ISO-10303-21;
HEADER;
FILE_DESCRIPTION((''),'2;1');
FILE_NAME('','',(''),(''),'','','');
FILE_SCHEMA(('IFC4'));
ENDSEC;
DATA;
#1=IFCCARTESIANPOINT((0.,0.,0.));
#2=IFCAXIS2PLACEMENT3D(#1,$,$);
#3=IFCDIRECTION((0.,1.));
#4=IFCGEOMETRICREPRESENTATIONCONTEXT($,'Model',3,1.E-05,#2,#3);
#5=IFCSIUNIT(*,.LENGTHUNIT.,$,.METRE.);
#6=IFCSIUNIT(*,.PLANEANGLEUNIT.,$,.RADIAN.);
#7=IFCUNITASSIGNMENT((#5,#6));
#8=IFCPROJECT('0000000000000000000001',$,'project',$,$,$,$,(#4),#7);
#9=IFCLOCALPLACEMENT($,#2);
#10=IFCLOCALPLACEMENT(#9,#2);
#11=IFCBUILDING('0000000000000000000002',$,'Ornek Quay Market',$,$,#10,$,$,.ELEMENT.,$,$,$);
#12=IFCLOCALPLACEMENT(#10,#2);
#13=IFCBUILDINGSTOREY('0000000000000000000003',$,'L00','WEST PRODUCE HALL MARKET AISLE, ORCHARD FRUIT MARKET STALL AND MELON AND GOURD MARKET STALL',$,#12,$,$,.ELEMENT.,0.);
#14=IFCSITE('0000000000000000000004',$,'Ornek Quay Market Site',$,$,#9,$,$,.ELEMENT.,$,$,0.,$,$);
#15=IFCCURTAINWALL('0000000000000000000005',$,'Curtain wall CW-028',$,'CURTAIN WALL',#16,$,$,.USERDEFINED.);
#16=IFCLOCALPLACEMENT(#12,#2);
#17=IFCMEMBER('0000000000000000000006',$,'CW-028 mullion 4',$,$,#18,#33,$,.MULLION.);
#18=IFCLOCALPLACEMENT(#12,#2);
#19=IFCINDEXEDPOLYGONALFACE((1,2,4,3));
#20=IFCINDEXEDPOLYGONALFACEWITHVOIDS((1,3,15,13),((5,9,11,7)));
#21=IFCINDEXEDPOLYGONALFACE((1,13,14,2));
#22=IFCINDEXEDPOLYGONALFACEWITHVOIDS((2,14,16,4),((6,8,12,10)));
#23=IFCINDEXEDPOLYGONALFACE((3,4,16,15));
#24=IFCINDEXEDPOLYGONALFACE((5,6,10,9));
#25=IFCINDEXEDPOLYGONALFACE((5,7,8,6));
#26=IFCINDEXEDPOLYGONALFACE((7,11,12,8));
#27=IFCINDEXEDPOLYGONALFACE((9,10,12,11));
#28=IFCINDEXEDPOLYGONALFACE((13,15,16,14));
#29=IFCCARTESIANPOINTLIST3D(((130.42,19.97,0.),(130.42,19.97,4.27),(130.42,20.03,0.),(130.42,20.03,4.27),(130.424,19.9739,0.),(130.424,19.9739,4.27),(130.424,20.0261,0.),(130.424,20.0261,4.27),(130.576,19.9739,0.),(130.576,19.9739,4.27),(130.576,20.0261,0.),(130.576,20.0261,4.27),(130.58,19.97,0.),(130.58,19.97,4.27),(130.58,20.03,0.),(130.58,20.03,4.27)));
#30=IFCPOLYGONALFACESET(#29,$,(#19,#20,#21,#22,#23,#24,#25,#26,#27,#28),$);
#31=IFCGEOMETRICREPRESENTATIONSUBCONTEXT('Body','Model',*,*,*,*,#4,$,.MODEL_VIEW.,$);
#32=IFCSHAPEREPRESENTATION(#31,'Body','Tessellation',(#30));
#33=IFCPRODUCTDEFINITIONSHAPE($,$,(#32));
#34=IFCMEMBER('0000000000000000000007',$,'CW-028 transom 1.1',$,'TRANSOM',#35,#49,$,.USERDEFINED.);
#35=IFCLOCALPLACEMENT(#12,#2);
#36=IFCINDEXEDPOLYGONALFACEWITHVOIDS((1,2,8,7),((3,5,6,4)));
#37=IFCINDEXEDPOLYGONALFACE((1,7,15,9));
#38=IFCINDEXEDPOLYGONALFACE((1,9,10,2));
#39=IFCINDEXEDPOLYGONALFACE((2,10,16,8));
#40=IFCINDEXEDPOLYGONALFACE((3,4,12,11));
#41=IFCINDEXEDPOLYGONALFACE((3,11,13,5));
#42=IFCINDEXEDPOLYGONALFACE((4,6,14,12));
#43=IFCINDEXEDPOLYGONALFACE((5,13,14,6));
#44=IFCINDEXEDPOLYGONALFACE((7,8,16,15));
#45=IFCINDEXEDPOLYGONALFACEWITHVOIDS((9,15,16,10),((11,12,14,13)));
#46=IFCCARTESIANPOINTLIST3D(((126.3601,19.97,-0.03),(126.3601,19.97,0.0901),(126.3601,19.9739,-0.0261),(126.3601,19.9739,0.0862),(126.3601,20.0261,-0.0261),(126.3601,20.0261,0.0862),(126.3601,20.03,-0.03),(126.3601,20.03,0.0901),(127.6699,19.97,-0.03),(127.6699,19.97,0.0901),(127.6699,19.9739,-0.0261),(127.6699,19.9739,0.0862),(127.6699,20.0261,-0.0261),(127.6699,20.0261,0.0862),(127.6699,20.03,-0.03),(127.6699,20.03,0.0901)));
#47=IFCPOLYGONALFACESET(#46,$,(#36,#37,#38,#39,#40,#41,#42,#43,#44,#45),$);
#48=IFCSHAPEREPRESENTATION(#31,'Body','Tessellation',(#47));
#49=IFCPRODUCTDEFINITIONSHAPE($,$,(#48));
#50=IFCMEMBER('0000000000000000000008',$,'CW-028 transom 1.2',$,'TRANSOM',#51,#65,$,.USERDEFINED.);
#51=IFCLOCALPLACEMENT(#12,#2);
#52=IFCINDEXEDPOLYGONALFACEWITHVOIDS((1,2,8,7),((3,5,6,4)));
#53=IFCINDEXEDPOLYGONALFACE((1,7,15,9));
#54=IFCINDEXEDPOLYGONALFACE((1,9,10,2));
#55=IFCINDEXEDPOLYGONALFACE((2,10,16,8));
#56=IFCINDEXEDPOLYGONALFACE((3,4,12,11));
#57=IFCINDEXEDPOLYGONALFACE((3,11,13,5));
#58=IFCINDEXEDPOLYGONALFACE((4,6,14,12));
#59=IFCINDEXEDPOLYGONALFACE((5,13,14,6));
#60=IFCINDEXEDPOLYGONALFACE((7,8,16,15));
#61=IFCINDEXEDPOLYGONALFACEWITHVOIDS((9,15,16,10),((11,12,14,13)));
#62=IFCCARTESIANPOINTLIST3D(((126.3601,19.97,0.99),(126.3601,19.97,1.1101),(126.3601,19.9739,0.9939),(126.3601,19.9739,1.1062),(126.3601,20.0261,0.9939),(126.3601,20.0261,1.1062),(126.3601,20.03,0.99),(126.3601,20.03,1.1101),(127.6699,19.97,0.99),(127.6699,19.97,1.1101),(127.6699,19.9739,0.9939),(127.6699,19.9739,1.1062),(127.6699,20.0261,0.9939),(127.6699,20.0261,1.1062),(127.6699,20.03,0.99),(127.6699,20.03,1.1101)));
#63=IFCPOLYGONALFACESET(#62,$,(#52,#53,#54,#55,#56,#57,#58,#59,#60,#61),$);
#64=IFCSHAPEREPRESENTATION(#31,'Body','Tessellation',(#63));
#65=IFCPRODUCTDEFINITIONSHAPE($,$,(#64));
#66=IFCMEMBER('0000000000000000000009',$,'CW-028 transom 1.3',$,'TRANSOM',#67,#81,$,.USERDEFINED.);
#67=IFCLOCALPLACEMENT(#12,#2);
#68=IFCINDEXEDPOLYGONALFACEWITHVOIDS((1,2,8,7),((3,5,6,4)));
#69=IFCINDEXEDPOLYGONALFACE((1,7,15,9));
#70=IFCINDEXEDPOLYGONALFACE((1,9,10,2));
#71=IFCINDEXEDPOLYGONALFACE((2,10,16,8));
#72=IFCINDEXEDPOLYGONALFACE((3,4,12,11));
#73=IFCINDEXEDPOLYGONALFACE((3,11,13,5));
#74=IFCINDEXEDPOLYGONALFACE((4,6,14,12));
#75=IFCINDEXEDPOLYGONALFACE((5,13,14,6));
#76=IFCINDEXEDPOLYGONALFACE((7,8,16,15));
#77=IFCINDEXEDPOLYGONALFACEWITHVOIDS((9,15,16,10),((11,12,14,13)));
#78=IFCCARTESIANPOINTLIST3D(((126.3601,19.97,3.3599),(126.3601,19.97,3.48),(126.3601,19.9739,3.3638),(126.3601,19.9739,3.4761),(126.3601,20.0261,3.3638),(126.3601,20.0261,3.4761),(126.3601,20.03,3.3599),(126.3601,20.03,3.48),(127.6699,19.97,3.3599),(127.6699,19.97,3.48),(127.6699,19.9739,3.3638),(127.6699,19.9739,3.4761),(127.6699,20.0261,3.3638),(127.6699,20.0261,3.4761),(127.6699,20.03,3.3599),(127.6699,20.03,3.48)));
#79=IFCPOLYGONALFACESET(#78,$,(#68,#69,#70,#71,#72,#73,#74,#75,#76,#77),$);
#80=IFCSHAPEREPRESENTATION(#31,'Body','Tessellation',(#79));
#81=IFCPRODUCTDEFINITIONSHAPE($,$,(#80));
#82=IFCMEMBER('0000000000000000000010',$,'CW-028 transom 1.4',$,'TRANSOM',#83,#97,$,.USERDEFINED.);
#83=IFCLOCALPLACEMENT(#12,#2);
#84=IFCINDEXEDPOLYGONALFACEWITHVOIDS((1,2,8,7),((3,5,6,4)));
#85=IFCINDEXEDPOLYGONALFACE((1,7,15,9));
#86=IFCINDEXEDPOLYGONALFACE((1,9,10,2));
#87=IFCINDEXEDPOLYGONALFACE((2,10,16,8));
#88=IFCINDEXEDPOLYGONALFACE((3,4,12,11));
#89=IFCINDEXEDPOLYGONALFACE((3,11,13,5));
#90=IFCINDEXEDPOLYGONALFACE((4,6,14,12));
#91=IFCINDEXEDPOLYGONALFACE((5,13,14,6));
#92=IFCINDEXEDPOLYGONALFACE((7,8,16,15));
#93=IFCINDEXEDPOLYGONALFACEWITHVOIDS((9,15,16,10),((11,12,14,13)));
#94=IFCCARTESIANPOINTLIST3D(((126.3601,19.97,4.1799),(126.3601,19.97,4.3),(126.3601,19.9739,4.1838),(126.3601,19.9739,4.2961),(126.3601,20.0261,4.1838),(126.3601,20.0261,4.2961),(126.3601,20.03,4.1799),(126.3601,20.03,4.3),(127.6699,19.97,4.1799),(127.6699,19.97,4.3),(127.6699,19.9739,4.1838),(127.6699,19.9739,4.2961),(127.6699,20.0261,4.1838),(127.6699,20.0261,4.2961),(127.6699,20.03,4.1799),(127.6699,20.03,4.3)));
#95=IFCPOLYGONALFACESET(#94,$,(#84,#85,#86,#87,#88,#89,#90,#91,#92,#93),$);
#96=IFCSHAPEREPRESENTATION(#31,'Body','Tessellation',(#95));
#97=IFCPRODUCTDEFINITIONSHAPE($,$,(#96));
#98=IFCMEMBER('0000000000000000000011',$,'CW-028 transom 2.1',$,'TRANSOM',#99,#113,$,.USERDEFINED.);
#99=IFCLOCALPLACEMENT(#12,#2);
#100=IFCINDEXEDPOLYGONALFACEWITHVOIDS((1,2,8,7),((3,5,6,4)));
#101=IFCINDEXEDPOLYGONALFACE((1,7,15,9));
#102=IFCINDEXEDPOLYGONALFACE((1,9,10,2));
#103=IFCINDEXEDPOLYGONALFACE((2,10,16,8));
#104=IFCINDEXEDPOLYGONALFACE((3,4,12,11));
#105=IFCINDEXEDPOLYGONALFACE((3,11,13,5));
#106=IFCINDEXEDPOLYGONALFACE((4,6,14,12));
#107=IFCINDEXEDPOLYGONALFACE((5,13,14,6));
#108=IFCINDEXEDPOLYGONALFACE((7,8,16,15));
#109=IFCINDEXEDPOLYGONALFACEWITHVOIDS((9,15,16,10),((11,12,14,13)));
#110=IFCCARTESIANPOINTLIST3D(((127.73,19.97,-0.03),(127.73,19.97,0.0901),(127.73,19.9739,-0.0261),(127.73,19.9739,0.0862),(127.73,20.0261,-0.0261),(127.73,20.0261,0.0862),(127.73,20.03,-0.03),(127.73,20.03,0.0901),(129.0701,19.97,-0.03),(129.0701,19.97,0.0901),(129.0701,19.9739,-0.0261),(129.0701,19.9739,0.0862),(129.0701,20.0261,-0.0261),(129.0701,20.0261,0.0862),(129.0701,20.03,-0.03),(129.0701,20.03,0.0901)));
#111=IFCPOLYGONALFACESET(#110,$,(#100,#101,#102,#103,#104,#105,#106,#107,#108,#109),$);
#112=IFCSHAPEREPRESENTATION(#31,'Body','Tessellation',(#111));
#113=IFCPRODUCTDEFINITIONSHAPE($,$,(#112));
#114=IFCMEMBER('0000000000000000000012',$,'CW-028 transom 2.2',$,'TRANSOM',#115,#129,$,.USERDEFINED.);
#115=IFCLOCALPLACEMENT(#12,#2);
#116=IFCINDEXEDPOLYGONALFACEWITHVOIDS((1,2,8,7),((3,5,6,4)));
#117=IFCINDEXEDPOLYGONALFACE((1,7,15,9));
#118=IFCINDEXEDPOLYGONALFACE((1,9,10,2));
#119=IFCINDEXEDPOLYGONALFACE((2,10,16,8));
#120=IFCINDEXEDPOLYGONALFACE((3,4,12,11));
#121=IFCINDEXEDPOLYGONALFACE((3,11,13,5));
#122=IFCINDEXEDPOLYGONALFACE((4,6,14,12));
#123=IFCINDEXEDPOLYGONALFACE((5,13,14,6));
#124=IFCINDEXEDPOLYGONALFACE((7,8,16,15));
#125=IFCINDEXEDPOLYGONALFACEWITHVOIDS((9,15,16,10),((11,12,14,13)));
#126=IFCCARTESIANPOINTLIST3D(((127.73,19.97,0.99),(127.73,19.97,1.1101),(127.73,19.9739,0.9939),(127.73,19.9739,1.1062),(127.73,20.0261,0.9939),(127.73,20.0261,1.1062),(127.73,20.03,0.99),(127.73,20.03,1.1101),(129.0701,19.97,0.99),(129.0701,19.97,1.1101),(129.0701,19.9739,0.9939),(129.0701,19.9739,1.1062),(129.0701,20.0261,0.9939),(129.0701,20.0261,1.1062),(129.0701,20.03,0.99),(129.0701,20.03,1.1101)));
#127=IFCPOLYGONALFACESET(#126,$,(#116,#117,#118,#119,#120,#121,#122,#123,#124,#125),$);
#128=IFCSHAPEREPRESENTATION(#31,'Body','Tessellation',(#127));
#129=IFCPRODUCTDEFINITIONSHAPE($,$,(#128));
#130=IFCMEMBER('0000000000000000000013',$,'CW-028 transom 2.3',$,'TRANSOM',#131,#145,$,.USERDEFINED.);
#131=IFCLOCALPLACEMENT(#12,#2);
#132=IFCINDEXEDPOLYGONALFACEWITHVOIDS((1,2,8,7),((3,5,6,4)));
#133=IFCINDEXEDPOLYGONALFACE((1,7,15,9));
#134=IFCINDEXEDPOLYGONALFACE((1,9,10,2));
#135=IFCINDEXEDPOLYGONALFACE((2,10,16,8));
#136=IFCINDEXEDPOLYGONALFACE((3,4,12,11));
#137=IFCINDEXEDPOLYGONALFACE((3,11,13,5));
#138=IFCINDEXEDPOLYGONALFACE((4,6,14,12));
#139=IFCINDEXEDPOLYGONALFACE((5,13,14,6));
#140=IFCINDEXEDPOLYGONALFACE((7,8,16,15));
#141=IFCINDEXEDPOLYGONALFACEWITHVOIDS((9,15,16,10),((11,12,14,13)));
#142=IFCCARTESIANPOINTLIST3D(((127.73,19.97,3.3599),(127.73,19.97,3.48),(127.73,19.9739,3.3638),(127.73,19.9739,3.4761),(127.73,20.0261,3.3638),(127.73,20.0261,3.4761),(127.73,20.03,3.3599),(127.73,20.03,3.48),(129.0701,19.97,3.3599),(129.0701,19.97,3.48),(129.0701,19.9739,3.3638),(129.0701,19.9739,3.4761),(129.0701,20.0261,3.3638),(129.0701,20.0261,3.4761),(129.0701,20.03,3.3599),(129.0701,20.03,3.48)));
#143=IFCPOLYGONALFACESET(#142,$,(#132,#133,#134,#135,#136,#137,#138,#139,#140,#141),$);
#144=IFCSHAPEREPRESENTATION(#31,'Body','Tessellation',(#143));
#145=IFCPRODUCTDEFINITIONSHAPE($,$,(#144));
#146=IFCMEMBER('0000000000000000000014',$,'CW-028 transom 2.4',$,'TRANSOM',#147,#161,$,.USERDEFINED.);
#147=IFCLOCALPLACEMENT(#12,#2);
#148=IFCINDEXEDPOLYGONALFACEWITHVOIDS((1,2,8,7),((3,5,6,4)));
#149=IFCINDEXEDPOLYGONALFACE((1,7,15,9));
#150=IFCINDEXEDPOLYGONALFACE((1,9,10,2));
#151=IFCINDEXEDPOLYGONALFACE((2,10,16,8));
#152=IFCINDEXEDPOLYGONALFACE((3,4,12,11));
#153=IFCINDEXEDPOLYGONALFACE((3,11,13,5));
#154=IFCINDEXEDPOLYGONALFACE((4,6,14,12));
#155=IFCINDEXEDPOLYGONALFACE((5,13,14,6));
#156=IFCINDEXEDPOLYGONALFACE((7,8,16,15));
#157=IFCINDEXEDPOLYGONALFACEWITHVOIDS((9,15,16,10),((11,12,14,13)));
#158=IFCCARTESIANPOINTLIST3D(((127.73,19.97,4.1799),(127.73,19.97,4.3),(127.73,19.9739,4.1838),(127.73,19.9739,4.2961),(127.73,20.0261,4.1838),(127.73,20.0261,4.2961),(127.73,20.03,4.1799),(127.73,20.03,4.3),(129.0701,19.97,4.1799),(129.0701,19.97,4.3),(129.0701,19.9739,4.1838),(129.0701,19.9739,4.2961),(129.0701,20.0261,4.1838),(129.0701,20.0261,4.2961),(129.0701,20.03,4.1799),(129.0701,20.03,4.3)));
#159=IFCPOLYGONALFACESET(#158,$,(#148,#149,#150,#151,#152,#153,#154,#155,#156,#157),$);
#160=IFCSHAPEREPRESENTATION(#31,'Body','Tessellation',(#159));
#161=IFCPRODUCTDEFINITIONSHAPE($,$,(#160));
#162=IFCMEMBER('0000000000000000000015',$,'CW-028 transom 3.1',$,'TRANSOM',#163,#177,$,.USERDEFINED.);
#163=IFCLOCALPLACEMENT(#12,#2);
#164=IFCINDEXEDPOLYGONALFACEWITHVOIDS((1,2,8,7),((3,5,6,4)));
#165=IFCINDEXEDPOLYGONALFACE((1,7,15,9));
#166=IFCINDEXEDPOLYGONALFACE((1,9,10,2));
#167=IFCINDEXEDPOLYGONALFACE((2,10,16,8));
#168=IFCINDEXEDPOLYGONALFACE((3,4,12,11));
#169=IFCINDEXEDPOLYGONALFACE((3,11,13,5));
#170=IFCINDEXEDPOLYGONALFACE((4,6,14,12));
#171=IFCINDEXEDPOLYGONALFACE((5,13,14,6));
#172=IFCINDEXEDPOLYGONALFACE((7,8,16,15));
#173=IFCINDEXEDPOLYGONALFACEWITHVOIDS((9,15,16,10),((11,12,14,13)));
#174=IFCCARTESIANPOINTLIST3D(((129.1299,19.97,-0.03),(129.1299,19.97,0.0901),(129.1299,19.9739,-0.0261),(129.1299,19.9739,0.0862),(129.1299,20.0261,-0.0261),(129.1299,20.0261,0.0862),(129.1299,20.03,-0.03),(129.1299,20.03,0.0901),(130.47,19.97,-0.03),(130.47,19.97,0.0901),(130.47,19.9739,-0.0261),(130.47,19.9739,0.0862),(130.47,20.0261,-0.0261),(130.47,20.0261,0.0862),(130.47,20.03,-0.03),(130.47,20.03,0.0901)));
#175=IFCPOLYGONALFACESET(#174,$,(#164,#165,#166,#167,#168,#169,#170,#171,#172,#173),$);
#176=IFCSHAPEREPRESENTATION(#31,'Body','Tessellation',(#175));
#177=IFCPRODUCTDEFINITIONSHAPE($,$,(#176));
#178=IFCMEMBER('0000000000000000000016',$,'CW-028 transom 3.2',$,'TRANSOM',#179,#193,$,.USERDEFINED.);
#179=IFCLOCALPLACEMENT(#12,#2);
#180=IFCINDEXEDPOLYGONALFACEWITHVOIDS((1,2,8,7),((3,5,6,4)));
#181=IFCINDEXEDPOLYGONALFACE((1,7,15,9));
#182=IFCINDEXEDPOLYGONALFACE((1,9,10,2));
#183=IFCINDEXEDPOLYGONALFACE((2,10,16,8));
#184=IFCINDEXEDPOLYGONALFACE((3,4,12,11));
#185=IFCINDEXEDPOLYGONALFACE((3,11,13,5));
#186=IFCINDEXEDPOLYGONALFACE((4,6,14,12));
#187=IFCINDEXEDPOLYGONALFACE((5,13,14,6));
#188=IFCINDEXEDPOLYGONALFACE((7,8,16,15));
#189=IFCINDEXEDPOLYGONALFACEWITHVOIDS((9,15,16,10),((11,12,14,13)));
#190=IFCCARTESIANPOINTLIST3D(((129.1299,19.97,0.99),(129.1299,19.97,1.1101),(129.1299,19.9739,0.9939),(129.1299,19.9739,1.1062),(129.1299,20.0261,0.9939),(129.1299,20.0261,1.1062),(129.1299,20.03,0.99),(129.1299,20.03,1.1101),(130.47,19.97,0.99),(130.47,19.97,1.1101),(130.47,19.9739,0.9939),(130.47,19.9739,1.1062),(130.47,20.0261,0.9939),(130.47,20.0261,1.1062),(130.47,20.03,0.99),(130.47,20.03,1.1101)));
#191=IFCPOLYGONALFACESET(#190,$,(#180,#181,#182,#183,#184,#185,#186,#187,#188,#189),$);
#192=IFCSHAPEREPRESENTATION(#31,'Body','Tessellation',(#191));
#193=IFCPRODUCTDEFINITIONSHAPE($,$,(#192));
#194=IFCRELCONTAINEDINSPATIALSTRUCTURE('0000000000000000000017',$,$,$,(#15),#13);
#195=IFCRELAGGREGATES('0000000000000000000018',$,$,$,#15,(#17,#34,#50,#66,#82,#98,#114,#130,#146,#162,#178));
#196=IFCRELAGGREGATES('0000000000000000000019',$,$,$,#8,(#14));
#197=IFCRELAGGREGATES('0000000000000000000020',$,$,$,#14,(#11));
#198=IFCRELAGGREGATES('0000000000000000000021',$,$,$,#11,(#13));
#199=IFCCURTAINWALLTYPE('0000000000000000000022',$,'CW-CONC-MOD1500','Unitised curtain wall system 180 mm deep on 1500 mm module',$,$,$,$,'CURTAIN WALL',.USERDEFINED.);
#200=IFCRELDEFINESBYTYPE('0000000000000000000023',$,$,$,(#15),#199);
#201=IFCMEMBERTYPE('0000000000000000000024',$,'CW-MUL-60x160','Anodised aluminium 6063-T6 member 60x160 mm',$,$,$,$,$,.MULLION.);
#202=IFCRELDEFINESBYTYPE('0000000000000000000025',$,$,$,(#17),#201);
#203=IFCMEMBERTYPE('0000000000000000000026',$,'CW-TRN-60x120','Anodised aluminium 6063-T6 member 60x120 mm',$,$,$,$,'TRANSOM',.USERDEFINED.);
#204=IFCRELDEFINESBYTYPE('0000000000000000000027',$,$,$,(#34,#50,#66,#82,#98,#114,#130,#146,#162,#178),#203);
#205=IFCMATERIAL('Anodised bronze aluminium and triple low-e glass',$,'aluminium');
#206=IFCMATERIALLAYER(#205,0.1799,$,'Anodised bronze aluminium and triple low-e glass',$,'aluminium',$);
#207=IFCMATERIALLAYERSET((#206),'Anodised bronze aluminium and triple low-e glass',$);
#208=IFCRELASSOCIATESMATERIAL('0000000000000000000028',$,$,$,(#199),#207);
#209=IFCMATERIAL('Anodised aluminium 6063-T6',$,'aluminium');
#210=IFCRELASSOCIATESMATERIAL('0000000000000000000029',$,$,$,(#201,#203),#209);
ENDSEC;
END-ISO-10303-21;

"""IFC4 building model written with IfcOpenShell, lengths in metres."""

from ifc_helpers import new_model, si_unit, direction, frame, origin, origin_2d, place, context, subcontext, project, spatial, hollow_rectangle, extrude, material, layer, layer_set, material_profile, profile_set, type_object, element, aggregate, save


model = new_model("IFC4")

# Units and contexts
model_context = context("Model", 3, precision=1e-05, world=origin(), true_north=direction((0.0, 1.0)))
body_context = subcontext(model_context, "Body", "Model", "MODEL_VIEW")
ifc_project = project(units=[si_unit("LENGTHUNIT", "METRE"), si_unit("PLANEANGLEUNIT", "RADIAN")], contexts=[model_context])

# Site, building, storey
site_placement = place(None, origin())
site = spatial("IfcSite", under=ifc_project, at=site_placement, Name="Ornek Quay Market Site", CompositionType="ELEMENT", RefElevation=0.0)
building_placement = place(site_placement, origin())
building = spatial("IfcBuilding", under=site, at=building_placement, Name="Ornek Quay Market", CompositionType="ELEMENT")
storey_placement = place(building_placement, origin())
storey = spatial("IfcBuildingStorey", under=building, at=storey_placement, Name="L00", Description="WEST PRODUCE HALL MARKET AISLE, ORCHARD FRUIT MARKET STALL AND MELON AND GOURD MARKET STALL", CompositionType="ELEMENT", Elevation=0.0)

# Curtain wall, members
ifc_material_1 = material(Name="Anodised bronze aluminium and triple low-e glass", Category="aluminium")
ifc_layer_1 = layer(ifc_material_1, 0.1799, Name="Anodised bronze aluminium and triple low-e glass", Category="aluminium")
ifc_layer_set_1 = layer_set([ifc_layer_1], Name="Anodised bronze aluminium and triple low-e glass")
curtain_wall_type = type_object("IfcCurtainWallType", Name="CW-CONC-MOD1500", Description="Unitised curtain wall system 180 mm deep on 1500 mm module", ElementType="CURTAIN WALL", PredefinedType="USERDEFINED", material=ifc_layer_set_1)
curtain_wall_placement = place(storey_placement, origin())
curtain_wall = element("IfcCurtainWall", 1, at=curtain_wall_placement, inside=storey, type_object=curtain_wall_type, Name="Curtain wall CW-028", ObjectType="CURTAIN WALL", PredefinedType="USERDEFINED")
ifc_material_2 = material(Name="Anodised aluminium 6063-T6", Category="aluminium")
ifc_material_profile_1 = material_profile(ifc_material_2, hollow_rectangle(XDim=0.0601, YDim=0.1599, WallThickness=0.0039, at=origin_2d()), Name="CW-MUL-60x160", Category="aluminium")
ifc_profile_set_1 = profile_set([ifc_material_profile_1], Name="Anodised aluminium 6063-T6")
member_type_1 = type_object("IfcMemberType", Name="CW-MUL-60x160", Description="Anodised aluminium 6063-T6 member 60x160 mm", PredefinedType="MULLION", material=ifc_profile_set_1)
member_1_placement = place(storey_placement, frame((130.5, 20.0, 0.0), z_axis=(0.0, 0.0, 1.0), x_axis=(0.0, 1.0, 0.0)))
member_1 = element("IfcMember", 2, at=member_1_placement, type_object=member_type_1, Name="CW-028 mullion 4", PredefinedType="MULLION", context=body_context, shape_type="SweptSolid", body=[
    extrude(hollow_rectangle(XDim=0.0601, YDim=0.1599, WallThickness=0.0039, at=origin_2d()), origin(), (0.0, 0.0, 1.0), 4.27),
])
ifc_material_profile_2 = material_profile(ifc_material_2, hollow_rectangle(XDim=0.0601, YDim=0.1201, WallThickness=0.0039, at=origin_2d()), Name="CW-TRN-60x120", Category="aluminium")
ifc_profile_set_2 = profile_set([ifc_material_profile_2], Name="Anodised aluminium 6063-T6")
member_type_2 = type_object("IfcMemberType", Name="CW-TRN-60x120", Description="Anodised aluminium 6063-T6 member 60x120 mm", ElementType="TRANSOM", PredefinedType="USERDEFINED", material=ifc_profile_set_2)
member_2_placement = place(storey_placement, frame((126.3601, 20.0, 0.03), z_axis=(1.0, 0.0, 0.0), x_axis=(0.0, 1.0, 0.0)))
member_2 = element("IfcMember", 3, at=member_2_placement, type_object=member_type_2, Name="CW-028 transom 1.1", ObjectType="TRANSOM", PredefinedType="USERDEFINED", context=body_context, shape_type="SweptSolid", body=[
    extrude(hollow_rectangle(XDim=0.0601, YDim=0.1201, WallThickness=0.0039, at=origin_2d()), origin(), (0.0, 0.0, 1.0), 1.3098),
])
member_3_placement = place(storey_placement, frame((126.3601, 20.0, 1.05), z_axis=(1.0, 0.0, 0.0), x_axis=(0.0, 1.0, 0.0)))
member_3 = element("IfcMember", 4, at=member_3_placement, type_object=member_type_2, Name="CW-028 transom 1.2", ObjectType="TRANSOM", PredefinedType="USERDEFINED", context=body_context, shape_type="SweptSolid", body=[
    extrude(hollow_rectangle(XDim=0.0601, YDim=0.1201, WallThickness=0.0039, at=origin_2d()), origin(), (0.0, 0.0, 1.0), 1.3098),
])
member_4_placement = place(storey_placement, frame((126.3601, 20.0, 3.4199), z_axis=(1.0, 0.0, 0.0), x_axis=(0.0, 1.0, 0.0)))
member_4 = element("IfcMember", 5, at=member_4_placement, type_object=member_type_2, Name="CW-028 transom 1.3", ObjectType="TRANSOM", PredefinedType="USERDEFINED", context=body_context, shape_type="SweptSolid", body=[
    extrude(hollow_rectangle(XDim=0.0601, YDim=0.1201, WallThickness=0.0039, at=origin_2d()), origin(), (0.0, 0.0, 1.0), 1.3098),
])
member_5_placement = place(storey_placement, frame((126.3601, 20.0, 4.24), z_axis=(1.0, 0.0, 0.0), x_axis=(0.0, 1.0, 0.0)))
member_5 = element("IfcMember", 6, at=member_5_placement, type_object=member_type_2, Name="CW-028 transom 1.4", ObjectType="TRANSOM", PredefinedType="USERDEFINED", context=body_context, shape_type="SweptSolid", body=[
    extrude(hollow_rectangle(XDim=0.0601, YDim=0.1201, WallThickness=0.0039, at=origin_2d()), origin(), (0.0, 0.0, 1.0), 1.3098),
])
member_6_placement = place(storey_placement, frame((127.73, 20.0, 0.03), z_axis=(1.0, 0.0, 0.0), x_axis=(0.0, 1.0, 0.0)))
member_6 = element("IfcMember", 7, at=member_6_placement, type_object=member_type_2, Name="CW-028 transom 2.1", ObjectType="TRANSOM", PredefinedType="USERDEFINED", context=body_context, shape_type="SweptSolid", body=[
    extrude(hollow_rectangle(XDim=0.0601, YDim=0.1201, WallThickness=0.0039, at=origin_2d()), origin(), (0.0, 0.0, 1.0), 1.3401),
])
member_7_placement = place(storey_placement, frame((127.73, 20.0, 1.05), z_axis=(1.0, 0.0, 0.0), x_axis=(0.0, 1.0, 0.0)))
member_7 = element("IfcMember", 8, at=member_7_placement, type_object=member_type_2, Name="CW-028 transom 2.2", ObjectType="TRANSOM", PredefinedType="USERDEFINED", context=body_context, shape_type="SweptSolid", body=[
    extrude(hollow_rectangle(XDim=0.0601, YDim=0.1201, WallThickness=0.0039, at=origin_2d()), origin(), (0.0, 0.0, 1.0), 1.3401),
])
member_8_placement = place(storey_placement, frame((127.73, 20.0, 3.4199), z_axis=(1.0, 0.0, 0.0), x_axis=(0.0, 1.0, 0.0)))
member_8 = element("IfcMember", 9, at=member_8_placement, type_object=member_type_2, Name="CW-028 transom 2.3", ObjectType="TRANSOM", PredefinedType="USERDEFINED", context=body_context, shape_type="SweptSolid", body=[
    extrude(hollow_rectangle(XDim=0.0601, YDim=0.1201, WallThickness=0.0039, at=origin_2d()), origin(), (0.0, 0.0, 1.0), 1.3401),
])
member_9_placement = place(storey_placement, frame((127.73, 20.0, 4.24), z_axis=(1.0, 0.0, 0.0), x_axis=(0.0, 1.0, 0.0)))
member_9 = element("IfcMember", 10, at=member_9_placement, type_object=member_type_2, Name="CW-028 transom 2.4", ObjectType="TRANSOM", PredefinedType="USERDEFINED", context=body_context, shape_type="SweptSolid", body=[
    extrude(hollow_rectangle(XDim=0.0601, YDim=0.1201, WallThickness=0.0039, at=origin_2d()), origin(), (0.0, 0.0, 1.0), 1.3401),
])
member_10_placement = place(storey_placement, frame((129.1299, 20.0, 0.03), z_axis=(1.0, 0.0, 0.0), x_axis=(0.0, 1.0, 0.0)))
member_10 = element("IfcMember", 11, at=member_10_placement, type_object=member_type_2, Name="CW-028 transom 3.1", ObjectType="TRANSOM", PredefinedType="USERDEFINED", context=body_context, shape_type="SweptSolid", body=[
    extrude(hollow_rectangle(XDim=0.0601, YDim=0.1201, WallThickness=0.0039, at=origin_2d()), origin(), (0.0, 0.0, 1.0), 1.3401),
])
member_11_placement = place(storey_placement, frame((129.1299, 20.0, 1.05), z_axis=(1.0, 0.0, 0.0), x_axis=(0.0, 1.0, 0.0)))
member_11 = element("IfcMember", 12, at=member_11_placement, type_object=member_type_2, Name="CW-028 transom 3.2", ObjectType="TRANSOM", PredefinedType="USERDEFINED", context=body_context, shape_type="SweptSolid", body=[
    extrude(hollow_rectangle(XDim=0.0601, YDim=0.1201, WallThickness=0.0039, at=origin_2d()), origin(), (0.0, 0.0, 1.0), 1.3401),
])
aggregate(curtain_wall, [member_1, member_2, member_3, member_4, member_5, member_6, member_7, member_8, member_9, member_10, member_11])

save(model, "model.ifc")
